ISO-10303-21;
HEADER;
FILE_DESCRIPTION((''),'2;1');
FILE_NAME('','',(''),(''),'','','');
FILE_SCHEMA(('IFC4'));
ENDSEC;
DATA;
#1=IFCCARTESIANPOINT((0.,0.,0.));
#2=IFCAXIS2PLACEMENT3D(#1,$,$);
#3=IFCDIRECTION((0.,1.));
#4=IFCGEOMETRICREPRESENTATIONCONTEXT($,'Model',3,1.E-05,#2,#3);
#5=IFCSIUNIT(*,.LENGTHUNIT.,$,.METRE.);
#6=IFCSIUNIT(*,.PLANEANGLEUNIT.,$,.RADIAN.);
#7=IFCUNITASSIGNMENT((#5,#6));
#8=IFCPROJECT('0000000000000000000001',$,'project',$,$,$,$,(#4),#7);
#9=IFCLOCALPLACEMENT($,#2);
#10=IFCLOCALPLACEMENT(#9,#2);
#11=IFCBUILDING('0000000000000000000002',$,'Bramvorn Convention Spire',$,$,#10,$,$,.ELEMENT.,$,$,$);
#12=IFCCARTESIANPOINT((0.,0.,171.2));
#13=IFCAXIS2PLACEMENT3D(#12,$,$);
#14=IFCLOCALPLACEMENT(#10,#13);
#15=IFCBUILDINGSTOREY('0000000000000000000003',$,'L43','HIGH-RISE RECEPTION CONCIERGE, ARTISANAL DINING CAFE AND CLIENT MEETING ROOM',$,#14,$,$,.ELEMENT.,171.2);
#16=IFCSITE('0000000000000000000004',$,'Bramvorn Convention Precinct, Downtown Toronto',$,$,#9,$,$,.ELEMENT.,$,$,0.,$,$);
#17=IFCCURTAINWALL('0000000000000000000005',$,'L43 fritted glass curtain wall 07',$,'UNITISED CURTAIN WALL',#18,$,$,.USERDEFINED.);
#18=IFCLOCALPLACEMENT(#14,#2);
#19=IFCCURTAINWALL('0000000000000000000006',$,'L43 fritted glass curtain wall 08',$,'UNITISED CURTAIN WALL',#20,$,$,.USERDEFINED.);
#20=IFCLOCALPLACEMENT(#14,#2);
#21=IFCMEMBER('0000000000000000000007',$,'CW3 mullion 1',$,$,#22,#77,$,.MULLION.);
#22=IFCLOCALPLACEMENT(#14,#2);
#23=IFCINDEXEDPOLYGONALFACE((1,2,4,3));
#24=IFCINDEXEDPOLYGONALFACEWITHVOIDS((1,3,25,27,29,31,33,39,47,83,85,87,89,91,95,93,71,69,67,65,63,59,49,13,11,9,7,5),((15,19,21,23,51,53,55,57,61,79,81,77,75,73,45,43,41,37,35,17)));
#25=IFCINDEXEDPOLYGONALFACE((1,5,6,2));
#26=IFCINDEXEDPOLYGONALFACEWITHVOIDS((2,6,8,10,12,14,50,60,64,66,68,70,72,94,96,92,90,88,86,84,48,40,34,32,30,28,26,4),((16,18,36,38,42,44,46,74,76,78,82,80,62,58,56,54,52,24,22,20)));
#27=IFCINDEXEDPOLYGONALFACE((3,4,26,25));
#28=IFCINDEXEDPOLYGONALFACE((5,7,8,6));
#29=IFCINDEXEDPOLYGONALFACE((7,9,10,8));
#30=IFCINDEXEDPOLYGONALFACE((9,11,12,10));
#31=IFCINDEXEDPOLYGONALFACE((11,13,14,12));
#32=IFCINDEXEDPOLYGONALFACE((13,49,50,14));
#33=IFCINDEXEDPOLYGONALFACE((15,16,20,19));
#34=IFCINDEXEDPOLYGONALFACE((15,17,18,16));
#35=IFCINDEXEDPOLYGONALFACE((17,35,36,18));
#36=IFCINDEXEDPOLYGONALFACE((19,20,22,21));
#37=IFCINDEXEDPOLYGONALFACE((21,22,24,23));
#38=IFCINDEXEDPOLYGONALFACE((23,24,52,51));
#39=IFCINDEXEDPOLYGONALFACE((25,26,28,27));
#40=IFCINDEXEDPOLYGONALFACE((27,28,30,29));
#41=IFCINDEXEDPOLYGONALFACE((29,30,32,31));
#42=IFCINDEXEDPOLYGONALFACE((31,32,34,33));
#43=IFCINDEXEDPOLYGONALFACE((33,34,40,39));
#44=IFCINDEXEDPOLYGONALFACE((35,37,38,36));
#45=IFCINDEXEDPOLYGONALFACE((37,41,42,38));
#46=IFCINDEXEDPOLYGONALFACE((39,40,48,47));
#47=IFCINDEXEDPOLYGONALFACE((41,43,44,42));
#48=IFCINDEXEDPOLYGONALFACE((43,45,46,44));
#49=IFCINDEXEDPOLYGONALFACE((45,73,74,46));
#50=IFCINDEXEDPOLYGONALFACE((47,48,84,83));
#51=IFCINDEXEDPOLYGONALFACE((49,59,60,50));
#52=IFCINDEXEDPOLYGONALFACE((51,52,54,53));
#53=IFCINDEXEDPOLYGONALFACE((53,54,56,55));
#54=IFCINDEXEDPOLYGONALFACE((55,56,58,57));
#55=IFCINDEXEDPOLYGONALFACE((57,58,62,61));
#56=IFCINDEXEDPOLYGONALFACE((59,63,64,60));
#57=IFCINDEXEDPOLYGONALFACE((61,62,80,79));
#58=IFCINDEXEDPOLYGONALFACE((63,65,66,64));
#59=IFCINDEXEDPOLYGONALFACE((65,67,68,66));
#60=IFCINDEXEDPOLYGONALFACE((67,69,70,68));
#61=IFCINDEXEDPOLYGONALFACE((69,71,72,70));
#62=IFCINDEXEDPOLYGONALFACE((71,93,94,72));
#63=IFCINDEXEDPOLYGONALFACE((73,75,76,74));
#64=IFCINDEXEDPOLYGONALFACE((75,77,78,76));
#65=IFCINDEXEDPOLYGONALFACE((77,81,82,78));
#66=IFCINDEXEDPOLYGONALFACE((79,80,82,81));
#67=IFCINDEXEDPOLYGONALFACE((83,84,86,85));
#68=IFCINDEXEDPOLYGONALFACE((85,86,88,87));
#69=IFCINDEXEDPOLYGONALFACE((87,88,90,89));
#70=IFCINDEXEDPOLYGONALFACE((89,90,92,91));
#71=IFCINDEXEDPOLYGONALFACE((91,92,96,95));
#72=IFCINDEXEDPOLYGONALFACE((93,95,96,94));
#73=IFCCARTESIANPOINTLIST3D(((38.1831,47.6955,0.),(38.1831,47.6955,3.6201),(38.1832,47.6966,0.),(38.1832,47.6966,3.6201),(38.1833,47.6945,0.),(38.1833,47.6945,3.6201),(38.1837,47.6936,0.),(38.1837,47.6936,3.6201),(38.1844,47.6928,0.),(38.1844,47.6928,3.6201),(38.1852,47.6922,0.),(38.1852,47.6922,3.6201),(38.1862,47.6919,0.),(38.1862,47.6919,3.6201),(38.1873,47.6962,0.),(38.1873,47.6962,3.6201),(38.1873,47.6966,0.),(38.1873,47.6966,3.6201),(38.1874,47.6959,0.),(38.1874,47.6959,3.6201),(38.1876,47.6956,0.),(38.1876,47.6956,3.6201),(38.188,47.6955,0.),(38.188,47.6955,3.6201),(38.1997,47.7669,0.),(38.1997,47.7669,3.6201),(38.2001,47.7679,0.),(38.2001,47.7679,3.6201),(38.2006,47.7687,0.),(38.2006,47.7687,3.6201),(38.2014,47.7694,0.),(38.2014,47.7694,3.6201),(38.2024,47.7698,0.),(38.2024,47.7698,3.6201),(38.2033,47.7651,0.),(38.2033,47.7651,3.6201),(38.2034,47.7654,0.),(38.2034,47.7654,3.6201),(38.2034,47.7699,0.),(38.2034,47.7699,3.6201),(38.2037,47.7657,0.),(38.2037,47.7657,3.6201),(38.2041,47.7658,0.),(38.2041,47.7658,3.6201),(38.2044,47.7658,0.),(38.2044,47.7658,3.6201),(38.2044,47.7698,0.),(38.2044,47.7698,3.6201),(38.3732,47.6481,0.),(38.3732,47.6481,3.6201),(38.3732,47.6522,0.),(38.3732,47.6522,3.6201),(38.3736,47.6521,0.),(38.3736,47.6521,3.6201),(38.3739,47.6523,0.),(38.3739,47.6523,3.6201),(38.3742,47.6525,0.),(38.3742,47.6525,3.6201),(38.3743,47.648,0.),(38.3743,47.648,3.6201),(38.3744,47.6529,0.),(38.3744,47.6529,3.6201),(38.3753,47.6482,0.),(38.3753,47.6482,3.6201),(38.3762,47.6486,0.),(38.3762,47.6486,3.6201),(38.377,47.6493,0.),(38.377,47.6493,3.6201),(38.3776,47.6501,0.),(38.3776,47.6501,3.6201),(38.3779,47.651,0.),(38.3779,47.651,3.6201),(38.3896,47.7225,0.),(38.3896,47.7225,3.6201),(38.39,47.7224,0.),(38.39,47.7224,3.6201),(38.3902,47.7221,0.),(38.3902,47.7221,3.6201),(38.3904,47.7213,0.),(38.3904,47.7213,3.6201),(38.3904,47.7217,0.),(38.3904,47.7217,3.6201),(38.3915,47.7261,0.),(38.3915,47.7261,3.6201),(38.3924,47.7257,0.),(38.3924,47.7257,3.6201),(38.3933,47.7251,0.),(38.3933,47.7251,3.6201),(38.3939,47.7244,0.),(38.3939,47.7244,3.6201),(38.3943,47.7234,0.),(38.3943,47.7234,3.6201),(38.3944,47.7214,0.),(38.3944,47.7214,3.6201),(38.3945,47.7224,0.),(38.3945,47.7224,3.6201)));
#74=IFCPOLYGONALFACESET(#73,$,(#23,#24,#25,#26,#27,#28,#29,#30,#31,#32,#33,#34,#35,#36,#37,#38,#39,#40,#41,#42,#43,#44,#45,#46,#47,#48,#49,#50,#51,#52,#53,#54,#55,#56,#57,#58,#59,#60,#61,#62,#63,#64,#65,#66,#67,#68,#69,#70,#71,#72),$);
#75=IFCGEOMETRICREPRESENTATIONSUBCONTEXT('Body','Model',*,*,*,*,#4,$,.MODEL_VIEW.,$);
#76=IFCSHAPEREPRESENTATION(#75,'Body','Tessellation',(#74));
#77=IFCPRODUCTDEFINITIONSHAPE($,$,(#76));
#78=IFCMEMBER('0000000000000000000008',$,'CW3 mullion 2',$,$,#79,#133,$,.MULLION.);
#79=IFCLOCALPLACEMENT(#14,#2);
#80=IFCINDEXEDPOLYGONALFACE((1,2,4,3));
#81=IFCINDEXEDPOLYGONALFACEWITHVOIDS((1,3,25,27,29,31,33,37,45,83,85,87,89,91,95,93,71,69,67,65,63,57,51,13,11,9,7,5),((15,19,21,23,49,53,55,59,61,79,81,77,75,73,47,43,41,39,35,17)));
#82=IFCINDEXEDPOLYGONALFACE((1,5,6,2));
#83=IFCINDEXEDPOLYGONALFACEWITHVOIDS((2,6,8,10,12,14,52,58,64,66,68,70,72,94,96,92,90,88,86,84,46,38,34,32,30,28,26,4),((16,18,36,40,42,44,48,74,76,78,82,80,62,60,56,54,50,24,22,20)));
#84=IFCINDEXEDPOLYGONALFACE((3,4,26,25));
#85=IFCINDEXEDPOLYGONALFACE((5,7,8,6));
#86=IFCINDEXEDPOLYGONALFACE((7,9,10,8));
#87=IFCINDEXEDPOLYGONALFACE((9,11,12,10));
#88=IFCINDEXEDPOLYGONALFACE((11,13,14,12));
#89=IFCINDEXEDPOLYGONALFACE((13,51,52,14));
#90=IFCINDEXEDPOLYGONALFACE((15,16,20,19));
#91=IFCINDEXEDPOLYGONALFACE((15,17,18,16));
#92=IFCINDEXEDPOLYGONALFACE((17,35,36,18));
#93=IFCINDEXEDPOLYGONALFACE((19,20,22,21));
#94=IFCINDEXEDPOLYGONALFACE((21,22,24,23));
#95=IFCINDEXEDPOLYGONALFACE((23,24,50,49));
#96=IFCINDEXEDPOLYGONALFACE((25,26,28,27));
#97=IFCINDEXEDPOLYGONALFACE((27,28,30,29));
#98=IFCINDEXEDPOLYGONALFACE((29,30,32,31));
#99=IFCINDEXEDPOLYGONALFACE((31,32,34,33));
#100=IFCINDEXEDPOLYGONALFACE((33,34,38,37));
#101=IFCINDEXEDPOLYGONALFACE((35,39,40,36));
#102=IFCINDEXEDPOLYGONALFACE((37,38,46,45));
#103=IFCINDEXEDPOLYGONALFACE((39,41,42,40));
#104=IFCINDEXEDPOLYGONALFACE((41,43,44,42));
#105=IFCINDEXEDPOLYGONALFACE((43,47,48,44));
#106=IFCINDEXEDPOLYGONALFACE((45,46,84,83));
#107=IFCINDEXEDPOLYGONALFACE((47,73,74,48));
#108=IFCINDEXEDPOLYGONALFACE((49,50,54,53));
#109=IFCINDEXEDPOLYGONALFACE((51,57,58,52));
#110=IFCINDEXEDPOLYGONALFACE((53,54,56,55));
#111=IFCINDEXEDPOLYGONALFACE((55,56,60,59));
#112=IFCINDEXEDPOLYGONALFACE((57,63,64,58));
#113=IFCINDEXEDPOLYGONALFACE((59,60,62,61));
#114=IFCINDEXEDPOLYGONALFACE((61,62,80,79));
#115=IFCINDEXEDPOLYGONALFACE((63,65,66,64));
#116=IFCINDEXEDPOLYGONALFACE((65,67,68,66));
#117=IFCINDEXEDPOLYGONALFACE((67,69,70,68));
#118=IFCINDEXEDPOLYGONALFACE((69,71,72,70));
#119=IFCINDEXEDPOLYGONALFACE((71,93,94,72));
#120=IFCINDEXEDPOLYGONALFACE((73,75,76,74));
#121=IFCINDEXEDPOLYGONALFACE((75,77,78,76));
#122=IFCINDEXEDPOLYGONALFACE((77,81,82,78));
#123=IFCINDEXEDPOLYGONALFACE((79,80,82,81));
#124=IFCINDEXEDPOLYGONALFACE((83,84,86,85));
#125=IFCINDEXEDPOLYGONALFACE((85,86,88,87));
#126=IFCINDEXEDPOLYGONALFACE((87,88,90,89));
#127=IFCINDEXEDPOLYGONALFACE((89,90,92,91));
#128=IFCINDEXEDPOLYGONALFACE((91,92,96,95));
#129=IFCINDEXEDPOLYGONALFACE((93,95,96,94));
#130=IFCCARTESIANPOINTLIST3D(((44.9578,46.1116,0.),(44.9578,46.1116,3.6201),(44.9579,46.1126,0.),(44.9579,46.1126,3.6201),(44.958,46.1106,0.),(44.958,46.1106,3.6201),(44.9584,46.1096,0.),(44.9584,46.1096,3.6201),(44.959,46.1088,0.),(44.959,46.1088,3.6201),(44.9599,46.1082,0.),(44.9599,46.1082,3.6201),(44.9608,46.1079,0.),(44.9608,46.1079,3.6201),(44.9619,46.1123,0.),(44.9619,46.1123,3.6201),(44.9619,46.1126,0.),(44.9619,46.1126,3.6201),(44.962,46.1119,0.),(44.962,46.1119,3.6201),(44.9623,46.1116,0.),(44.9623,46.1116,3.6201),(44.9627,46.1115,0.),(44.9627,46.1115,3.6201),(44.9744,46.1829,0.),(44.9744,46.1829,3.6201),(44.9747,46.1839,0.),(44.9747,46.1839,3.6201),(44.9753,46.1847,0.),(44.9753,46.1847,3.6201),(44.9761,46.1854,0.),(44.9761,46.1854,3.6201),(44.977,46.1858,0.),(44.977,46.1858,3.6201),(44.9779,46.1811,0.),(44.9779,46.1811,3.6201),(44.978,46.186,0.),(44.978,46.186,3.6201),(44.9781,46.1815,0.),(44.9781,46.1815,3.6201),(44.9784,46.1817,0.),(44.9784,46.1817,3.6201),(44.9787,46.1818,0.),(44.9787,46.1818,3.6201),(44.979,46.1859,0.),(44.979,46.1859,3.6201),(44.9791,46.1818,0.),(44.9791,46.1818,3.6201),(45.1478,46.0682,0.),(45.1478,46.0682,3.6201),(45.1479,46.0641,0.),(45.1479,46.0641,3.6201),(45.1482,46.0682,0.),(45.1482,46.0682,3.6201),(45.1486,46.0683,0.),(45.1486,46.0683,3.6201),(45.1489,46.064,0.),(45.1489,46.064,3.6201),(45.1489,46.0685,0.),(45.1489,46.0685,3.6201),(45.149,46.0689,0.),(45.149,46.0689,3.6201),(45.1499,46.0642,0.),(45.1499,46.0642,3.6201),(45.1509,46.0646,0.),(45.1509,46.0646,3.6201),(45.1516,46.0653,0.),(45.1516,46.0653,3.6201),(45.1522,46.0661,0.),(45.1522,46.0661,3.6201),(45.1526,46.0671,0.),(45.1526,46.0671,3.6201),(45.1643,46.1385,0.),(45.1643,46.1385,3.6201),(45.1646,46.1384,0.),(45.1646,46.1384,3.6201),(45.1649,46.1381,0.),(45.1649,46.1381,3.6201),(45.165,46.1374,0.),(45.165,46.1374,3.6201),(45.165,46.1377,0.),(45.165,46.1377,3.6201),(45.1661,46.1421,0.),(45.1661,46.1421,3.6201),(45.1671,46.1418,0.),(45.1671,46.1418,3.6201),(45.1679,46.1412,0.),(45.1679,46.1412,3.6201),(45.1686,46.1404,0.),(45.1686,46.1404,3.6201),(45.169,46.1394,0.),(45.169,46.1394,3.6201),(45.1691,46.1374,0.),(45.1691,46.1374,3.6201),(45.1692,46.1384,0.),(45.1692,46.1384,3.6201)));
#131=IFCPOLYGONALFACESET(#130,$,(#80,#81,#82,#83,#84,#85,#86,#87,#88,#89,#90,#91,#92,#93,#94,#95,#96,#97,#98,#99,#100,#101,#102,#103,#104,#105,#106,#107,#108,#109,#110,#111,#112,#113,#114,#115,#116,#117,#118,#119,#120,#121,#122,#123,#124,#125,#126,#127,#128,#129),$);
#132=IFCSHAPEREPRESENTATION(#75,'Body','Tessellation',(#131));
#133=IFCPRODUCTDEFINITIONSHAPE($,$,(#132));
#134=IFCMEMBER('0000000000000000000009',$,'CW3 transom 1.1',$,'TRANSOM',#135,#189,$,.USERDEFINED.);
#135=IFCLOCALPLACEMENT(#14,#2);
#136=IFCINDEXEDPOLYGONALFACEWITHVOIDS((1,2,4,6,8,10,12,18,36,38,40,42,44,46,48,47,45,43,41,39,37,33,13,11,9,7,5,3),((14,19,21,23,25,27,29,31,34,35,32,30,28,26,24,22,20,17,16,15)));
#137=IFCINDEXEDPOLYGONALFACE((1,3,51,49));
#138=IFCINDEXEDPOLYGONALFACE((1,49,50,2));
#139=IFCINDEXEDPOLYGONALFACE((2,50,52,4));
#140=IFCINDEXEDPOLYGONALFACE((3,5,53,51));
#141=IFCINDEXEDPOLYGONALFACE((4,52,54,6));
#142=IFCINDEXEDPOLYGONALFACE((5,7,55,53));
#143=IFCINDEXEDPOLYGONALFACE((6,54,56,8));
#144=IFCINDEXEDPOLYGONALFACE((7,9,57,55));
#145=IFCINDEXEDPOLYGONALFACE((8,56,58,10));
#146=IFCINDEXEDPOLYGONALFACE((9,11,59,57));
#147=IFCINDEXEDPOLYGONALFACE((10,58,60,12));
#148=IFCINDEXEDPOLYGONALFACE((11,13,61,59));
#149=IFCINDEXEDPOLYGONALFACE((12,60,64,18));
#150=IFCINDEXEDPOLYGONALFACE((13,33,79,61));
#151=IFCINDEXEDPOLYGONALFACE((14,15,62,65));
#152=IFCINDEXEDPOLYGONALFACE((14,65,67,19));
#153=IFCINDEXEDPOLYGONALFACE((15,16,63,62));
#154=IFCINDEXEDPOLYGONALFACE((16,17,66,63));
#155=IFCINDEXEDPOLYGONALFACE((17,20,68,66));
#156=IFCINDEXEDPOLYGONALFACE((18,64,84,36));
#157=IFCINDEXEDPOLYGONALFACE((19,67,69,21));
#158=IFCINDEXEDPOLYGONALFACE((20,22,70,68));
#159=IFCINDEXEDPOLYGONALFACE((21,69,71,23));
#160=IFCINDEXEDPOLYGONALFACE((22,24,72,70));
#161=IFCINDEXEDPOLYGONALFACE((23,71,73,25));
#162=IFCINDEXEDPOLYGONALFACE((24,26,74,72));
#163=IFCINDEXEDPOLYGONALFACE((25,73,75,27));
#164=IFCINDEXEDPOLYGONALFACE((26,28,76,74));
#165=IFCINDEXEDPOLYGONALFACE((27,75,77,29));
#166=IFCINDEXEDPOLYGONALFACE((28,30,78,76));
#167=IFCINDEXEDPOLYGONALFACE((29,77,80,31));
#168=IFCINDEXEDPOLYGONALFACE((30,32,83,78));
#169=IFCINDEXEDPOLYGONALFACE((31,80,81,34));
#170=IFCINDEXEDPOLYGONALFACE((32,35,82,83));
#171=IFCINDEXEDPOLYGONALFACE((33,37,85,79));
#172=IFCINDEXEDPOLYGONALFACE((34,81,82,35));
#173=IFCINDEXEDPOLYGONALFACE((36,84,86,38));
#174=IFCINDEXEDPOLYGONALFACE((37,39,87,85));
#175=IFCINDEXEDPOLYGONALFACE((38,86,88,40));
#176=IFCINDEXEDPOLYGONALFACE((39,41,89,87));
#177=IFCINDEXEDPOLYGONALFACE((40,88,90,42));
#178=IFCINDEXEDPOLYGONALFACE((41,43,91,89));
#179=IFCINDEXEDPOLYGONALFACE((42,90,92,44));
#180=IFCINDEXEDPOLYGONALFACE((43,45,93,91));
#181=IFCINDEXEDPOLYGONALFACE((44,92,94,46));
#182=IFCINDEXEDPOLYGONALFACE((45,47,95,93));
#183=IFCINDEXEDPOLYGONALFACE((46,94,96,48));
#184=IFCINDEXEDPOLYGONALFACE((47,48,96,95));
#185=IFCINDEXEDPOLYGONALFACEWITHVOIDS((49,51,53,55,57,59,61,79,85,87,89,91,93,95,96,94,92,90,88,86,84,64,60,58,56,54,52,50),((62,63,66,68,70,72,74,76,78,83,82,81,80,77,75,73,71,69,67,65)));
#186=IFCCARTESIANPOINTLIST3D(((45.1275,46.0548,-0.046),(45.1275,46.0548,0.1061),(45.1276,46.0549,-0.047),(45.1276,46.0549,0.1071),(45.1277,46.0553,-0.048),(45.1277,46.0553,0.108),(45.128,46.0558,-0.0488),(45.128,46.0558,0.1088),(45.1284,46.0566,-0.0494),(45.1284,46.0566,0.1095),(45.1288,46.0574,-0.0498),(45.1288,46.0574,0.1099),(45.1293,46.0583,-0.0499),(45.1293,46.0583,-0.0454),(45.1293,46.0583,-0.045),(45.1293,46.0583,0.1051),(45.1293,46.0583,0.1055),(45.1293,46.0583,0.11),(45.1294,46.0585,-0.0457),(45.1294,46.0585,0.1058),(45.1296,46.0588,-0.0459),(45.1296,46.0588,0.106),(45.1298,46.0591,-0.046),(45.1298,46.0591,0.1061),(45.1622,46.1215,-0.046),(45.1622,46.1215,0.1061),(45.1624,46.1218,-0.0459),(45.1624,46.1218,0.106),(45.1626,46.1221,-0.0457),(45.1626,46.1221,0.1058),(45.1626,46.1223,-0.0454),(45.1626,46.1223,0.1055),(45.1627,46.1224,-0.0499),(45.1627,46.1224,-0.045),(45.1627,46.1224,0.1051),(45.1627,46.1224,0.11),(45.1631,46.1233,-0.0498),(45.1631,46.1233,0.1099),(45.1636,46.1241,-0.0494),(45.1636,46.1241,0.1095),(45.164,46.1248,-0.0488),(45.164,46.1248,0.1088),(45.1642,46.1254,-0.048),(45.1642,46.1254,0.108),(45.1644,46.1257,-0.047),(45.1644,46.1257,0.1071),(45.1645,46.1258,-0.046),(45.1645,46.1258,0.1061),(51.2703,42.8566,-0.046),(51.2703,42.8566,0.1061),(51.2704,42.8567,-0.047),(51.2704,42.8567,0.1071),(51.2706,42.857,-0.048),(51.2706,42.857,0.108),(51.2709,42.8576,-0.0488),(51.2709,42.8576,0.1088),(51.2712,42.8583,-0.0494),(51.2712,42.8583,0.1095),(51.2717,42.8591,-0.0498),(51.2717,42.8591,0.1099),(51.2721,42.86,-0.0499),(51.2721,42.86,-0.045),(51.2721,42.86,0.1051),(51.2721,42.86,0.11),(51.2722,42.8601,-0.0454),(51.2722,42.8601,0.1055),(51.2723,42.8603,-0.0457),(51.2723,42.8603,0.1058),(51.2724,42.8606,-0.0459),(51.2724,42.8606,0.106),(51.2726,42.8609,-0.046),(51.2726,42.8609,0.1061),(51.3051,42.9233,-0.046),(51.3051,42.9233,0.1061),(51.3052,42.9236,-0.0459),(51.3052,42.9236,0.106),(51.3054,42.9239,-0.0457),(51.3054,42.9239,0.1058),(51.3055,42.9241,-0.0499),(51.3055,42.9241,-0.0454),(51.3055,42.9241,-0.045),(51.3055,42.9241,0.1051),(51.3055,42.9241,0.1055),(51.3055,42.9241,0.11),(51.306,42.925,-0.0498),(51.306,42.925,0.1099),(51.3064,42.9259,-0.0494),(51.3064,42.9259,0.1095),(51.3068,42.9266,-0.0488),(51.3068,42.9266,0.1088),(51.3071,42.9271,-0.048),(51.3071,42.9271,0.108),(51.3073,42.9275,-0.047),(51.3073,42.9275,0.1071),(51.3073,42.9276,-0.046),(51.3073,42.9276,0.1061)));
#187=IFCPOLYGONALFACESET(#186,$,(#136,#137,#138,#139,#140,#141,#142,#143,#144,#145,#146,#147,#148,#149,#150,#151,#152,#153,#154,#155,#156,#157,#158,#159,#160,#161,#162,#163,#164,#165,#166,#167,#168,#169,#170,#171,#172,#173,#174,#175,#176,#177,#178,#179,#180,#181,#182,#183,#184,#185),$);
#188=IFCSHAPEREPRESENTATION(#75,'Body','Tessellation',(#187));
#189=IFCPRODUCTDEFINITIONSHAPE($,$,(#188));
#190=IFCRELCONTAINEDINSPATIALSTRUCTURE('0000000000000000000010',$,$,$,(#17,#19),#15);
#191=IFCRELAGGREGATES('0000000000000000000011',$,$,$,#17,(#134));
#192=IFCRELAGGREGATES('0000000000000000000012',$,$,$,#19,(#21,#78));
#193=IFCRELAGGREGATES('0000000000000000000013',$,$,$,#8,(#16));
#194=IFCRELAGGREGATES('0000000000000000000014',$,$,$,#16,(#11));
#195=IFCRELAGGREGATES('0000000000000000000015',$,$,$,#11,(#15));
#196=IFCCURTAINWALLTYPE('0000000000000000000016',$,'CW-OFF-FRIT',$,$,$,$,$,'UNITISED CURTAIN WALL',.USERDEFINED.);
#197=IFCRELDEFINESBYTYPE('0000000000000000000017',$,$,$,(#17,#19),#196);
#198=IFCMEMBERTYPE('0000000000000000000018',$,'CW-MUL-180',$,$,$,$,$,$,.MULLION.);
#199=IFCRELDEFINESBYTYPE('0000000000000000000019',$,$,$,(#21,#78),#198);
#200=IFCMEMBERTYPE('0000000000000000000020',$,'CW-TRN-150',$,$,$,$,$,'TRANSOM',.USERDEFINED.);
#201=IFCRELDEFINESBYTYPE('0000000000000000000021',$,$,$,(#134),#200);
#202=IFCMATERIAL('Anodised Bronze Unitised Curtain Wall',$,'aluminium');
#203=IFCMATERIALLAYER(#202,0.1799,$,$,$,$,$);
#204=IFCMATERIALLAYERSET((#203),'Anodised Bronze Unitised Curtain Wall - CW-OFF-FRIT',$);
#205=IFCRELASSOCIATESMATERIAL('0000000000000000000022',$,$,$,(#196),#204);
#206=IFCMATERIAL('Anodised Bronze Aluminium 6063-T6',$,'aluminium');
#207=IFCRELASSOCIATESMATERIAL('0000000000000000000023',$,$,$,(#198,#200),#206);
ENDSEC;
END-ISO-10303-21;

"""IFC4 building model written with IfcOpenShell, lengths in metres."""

from ifc_helpers import new_model, si_unit, direction, frame, origin, origin_2d, place, context, subcontext, project, spatial, hollow_rectangle, extrude, material, layer, layer_set, material_profile, profile_set, type_object, element, aggregate, save


model = new_model("IFC4")

# Units and contexts
model_context = context("Model", 3, precision=1e-05, world=origin(), true_north=direction((0.0, 1.0)))
body_context = subcontext(model_context, "Body", "Model", "MODEL_VIEW")
ifc_project = project(units=[si_unit("LENGTHUNIT", "METRE"), si_unit("PLANEANGLEUNIT", "RADIAN")], contexts=[model_context])

# Site, building, storey
site_placement = place(None, origin())
site = spatial("IfcSite", under=ifc_project, at=site_placement, Name="Bramvorn Convention Precinct, Downtown Toronto", CompositionType="ELEMENT", RefElevation=0.0)
building_placement = place(site_placement, origin())
building = spatial("IfcBuilding", under=site, at=building_placement, Name="Bramvorn Convention Spire", CompositionType="ELEMENT")
storey_placement = place(building_placement, frame((0.0, 0.0, 171.2)))
storey = spatial("IfcBuildingStorey", under=building, at=storey_placement, Name="L43", Description="HIGH-RISE RECEPTION CONCIERGE, ARTISANAL DINING CAFE AND CLIENT MEETING ROOM", CompositionType="ELEMENT", Elevation=171.2)

# Curtain wall
ifc_material_1 = material(Name="Anodised Bronze Unitised Curtain Wall", Category="aluminium")
ifc_layer_1 = layer(ifc_material_1, 0.1799)
ifc_layer_set_1 = layer_set([ifc_layer_1], Name="Anodised Bronze Unitised Curtain Wall - CW-OFF-FRIT")
curtain_wall_type = type_object("IfcCurtainWallType", Name="CW-OFF-FRIT", ElementType="UNITISED CURTAIN WALL", PredefinedType="USERDEFINED", material=ifc_layer_set_1)
curtain_wall_1_placement = place(storey_placement, origin())
curtain_wall_1 = element("IfcCurtainWall", 1, at=curtain_wall_1_placement, inside=storey, type_object=curtain_wall_type, Name="L43 fritted glass curtain wall 07", ObjectType="UNITISED CURTAIN WALL", PredefinedType="USERDEFINED")
ifc_material_2 = material(Name="Anodised Bronze Aluminium 6063-T6", Category="aluminium")
ifc_material_profile_1 = material_profile(ifc_material_2, hollow_rectangle(XDim=0.0801, YDim=0.2, WallThickness=0.0039, InnerFilletRadius=0.001, OuterFilletRadius=0.0039, at=origin_2d()))
ifc_profile_set_1 = profile_set([ifc_material_profile_1], Name="Anodised Bronze Aluminium 6063-T6 - CWM80X200")
member_type_1 = type_object("IfcMemberType", Name="CW-MUL-180", PredefinedType="MULLION", material=ifc_profile_set_1)

# Curtain wall, members
curtain_wall_2_placement = place(storey_placement, origin())
curtain_wall_2 = element("IfcCurtainWall", 2, at=curtain_wall_2_placement, inside=storey, type_object=curtain_wall_type, Name="L43 fritted glass curtain wall 08", ObjectType="UNITISED CURTAIN WALL", PredefinedType="USERDEFINED")
member_1_placement = place(storey_placement, frame((38.2888, 47.709, 0.0), z_axis=(0.0, 0.0, 1.0), x_axis=(0.227671, 0.973738, 0.0)))
member_1 = element("IfcMember", 3, at=member_1_placement, type_object=member_type_1, Name="CW3 mullion 1", PredefinedType="MULLION", context=body_context, shape_type="SweptSolid", body=[
    extrude(hollow_rectangle(XDim=0.0801, YDim=0.2, WallThickness=0.0039, InnerFilletRadius=0.001, OuterFilletRadius=0.0039, at=origin_2d()), origin(), (0.0, 0.0, 1.0), 3.6201),
])
member_2_placement = place(storey_placement, frame((45.0635, 46.125, 0.0), z_axis=(0.0, 0.0, 1.0), x_axis=(0.227671, 0.973738, 0.0)))
member_2 = element("IfcMember", 4, at=member_2_placement, type_object=member_type_1, Name="CW3 mullion 2", PredefinedType="MULLION", context=body_context, shape_type="SweptSolid", body=[
    extrude(hollow_rectangle(XDim=0.0801, YDim=0.2, WallThickness=0.0039, InnerFilletRadius=0.001, OuterFilletRadius=0.0039, at=origin_2d()), origin(), (0.0, 0.0, 1.0), 3.6201),
])

# Member
ifc_material_profile_2 = material_profile(ifc_material_2, hollow_rectangle(XDim=0.0801, YDim=0.1599, WallThickness=0.0039, InnerFilletRadius=0.001, OuterFilletRadius=0.0039, at=origin_2d()))
ifc_profile_set_2 = profile_set([ifc_material_profile_2], Name="Anodised Bronze Aluminium 6063-T6 - CWT80X160")
member_type_2 = type_object("IfcMemberType", Name="CW-TRN-150", ElementType="TRANSOM", PredefinedType="USERDEFINED", material=ifc_profile_set_2)
member_3_placement = place(storey_placement, frame((45.146, 46.0903, 0.03), z_axis=(0.886982, -0.461804, 0.0), x_axis=(0.461804, 0.886982, 0.0)))
member_3 = element("IfcMember", 5, at=member_3_placement, type_object=member_type_2, Name="CW3 transom 1.1", ObjectType="TRANSOM", PredefinedType="USERDEFINED", context=body_context, shape_type="SweptSolid", body=[
    extrude(hollow_rectangle(XDim=0.0801, YDim=0.1599, WallThickness=0.0039, InnerFilletRadius=0.001, OuterFilletRadius=0.0039, at=origin_2d()), origin(), (0.0, 0.0, 1.0), 6.9255),
])
aggregate(curtain_wall_1, [member_3])

aggregate(curtain_wall_2, [member_1, member_2])

save(model, "model.ifc")
